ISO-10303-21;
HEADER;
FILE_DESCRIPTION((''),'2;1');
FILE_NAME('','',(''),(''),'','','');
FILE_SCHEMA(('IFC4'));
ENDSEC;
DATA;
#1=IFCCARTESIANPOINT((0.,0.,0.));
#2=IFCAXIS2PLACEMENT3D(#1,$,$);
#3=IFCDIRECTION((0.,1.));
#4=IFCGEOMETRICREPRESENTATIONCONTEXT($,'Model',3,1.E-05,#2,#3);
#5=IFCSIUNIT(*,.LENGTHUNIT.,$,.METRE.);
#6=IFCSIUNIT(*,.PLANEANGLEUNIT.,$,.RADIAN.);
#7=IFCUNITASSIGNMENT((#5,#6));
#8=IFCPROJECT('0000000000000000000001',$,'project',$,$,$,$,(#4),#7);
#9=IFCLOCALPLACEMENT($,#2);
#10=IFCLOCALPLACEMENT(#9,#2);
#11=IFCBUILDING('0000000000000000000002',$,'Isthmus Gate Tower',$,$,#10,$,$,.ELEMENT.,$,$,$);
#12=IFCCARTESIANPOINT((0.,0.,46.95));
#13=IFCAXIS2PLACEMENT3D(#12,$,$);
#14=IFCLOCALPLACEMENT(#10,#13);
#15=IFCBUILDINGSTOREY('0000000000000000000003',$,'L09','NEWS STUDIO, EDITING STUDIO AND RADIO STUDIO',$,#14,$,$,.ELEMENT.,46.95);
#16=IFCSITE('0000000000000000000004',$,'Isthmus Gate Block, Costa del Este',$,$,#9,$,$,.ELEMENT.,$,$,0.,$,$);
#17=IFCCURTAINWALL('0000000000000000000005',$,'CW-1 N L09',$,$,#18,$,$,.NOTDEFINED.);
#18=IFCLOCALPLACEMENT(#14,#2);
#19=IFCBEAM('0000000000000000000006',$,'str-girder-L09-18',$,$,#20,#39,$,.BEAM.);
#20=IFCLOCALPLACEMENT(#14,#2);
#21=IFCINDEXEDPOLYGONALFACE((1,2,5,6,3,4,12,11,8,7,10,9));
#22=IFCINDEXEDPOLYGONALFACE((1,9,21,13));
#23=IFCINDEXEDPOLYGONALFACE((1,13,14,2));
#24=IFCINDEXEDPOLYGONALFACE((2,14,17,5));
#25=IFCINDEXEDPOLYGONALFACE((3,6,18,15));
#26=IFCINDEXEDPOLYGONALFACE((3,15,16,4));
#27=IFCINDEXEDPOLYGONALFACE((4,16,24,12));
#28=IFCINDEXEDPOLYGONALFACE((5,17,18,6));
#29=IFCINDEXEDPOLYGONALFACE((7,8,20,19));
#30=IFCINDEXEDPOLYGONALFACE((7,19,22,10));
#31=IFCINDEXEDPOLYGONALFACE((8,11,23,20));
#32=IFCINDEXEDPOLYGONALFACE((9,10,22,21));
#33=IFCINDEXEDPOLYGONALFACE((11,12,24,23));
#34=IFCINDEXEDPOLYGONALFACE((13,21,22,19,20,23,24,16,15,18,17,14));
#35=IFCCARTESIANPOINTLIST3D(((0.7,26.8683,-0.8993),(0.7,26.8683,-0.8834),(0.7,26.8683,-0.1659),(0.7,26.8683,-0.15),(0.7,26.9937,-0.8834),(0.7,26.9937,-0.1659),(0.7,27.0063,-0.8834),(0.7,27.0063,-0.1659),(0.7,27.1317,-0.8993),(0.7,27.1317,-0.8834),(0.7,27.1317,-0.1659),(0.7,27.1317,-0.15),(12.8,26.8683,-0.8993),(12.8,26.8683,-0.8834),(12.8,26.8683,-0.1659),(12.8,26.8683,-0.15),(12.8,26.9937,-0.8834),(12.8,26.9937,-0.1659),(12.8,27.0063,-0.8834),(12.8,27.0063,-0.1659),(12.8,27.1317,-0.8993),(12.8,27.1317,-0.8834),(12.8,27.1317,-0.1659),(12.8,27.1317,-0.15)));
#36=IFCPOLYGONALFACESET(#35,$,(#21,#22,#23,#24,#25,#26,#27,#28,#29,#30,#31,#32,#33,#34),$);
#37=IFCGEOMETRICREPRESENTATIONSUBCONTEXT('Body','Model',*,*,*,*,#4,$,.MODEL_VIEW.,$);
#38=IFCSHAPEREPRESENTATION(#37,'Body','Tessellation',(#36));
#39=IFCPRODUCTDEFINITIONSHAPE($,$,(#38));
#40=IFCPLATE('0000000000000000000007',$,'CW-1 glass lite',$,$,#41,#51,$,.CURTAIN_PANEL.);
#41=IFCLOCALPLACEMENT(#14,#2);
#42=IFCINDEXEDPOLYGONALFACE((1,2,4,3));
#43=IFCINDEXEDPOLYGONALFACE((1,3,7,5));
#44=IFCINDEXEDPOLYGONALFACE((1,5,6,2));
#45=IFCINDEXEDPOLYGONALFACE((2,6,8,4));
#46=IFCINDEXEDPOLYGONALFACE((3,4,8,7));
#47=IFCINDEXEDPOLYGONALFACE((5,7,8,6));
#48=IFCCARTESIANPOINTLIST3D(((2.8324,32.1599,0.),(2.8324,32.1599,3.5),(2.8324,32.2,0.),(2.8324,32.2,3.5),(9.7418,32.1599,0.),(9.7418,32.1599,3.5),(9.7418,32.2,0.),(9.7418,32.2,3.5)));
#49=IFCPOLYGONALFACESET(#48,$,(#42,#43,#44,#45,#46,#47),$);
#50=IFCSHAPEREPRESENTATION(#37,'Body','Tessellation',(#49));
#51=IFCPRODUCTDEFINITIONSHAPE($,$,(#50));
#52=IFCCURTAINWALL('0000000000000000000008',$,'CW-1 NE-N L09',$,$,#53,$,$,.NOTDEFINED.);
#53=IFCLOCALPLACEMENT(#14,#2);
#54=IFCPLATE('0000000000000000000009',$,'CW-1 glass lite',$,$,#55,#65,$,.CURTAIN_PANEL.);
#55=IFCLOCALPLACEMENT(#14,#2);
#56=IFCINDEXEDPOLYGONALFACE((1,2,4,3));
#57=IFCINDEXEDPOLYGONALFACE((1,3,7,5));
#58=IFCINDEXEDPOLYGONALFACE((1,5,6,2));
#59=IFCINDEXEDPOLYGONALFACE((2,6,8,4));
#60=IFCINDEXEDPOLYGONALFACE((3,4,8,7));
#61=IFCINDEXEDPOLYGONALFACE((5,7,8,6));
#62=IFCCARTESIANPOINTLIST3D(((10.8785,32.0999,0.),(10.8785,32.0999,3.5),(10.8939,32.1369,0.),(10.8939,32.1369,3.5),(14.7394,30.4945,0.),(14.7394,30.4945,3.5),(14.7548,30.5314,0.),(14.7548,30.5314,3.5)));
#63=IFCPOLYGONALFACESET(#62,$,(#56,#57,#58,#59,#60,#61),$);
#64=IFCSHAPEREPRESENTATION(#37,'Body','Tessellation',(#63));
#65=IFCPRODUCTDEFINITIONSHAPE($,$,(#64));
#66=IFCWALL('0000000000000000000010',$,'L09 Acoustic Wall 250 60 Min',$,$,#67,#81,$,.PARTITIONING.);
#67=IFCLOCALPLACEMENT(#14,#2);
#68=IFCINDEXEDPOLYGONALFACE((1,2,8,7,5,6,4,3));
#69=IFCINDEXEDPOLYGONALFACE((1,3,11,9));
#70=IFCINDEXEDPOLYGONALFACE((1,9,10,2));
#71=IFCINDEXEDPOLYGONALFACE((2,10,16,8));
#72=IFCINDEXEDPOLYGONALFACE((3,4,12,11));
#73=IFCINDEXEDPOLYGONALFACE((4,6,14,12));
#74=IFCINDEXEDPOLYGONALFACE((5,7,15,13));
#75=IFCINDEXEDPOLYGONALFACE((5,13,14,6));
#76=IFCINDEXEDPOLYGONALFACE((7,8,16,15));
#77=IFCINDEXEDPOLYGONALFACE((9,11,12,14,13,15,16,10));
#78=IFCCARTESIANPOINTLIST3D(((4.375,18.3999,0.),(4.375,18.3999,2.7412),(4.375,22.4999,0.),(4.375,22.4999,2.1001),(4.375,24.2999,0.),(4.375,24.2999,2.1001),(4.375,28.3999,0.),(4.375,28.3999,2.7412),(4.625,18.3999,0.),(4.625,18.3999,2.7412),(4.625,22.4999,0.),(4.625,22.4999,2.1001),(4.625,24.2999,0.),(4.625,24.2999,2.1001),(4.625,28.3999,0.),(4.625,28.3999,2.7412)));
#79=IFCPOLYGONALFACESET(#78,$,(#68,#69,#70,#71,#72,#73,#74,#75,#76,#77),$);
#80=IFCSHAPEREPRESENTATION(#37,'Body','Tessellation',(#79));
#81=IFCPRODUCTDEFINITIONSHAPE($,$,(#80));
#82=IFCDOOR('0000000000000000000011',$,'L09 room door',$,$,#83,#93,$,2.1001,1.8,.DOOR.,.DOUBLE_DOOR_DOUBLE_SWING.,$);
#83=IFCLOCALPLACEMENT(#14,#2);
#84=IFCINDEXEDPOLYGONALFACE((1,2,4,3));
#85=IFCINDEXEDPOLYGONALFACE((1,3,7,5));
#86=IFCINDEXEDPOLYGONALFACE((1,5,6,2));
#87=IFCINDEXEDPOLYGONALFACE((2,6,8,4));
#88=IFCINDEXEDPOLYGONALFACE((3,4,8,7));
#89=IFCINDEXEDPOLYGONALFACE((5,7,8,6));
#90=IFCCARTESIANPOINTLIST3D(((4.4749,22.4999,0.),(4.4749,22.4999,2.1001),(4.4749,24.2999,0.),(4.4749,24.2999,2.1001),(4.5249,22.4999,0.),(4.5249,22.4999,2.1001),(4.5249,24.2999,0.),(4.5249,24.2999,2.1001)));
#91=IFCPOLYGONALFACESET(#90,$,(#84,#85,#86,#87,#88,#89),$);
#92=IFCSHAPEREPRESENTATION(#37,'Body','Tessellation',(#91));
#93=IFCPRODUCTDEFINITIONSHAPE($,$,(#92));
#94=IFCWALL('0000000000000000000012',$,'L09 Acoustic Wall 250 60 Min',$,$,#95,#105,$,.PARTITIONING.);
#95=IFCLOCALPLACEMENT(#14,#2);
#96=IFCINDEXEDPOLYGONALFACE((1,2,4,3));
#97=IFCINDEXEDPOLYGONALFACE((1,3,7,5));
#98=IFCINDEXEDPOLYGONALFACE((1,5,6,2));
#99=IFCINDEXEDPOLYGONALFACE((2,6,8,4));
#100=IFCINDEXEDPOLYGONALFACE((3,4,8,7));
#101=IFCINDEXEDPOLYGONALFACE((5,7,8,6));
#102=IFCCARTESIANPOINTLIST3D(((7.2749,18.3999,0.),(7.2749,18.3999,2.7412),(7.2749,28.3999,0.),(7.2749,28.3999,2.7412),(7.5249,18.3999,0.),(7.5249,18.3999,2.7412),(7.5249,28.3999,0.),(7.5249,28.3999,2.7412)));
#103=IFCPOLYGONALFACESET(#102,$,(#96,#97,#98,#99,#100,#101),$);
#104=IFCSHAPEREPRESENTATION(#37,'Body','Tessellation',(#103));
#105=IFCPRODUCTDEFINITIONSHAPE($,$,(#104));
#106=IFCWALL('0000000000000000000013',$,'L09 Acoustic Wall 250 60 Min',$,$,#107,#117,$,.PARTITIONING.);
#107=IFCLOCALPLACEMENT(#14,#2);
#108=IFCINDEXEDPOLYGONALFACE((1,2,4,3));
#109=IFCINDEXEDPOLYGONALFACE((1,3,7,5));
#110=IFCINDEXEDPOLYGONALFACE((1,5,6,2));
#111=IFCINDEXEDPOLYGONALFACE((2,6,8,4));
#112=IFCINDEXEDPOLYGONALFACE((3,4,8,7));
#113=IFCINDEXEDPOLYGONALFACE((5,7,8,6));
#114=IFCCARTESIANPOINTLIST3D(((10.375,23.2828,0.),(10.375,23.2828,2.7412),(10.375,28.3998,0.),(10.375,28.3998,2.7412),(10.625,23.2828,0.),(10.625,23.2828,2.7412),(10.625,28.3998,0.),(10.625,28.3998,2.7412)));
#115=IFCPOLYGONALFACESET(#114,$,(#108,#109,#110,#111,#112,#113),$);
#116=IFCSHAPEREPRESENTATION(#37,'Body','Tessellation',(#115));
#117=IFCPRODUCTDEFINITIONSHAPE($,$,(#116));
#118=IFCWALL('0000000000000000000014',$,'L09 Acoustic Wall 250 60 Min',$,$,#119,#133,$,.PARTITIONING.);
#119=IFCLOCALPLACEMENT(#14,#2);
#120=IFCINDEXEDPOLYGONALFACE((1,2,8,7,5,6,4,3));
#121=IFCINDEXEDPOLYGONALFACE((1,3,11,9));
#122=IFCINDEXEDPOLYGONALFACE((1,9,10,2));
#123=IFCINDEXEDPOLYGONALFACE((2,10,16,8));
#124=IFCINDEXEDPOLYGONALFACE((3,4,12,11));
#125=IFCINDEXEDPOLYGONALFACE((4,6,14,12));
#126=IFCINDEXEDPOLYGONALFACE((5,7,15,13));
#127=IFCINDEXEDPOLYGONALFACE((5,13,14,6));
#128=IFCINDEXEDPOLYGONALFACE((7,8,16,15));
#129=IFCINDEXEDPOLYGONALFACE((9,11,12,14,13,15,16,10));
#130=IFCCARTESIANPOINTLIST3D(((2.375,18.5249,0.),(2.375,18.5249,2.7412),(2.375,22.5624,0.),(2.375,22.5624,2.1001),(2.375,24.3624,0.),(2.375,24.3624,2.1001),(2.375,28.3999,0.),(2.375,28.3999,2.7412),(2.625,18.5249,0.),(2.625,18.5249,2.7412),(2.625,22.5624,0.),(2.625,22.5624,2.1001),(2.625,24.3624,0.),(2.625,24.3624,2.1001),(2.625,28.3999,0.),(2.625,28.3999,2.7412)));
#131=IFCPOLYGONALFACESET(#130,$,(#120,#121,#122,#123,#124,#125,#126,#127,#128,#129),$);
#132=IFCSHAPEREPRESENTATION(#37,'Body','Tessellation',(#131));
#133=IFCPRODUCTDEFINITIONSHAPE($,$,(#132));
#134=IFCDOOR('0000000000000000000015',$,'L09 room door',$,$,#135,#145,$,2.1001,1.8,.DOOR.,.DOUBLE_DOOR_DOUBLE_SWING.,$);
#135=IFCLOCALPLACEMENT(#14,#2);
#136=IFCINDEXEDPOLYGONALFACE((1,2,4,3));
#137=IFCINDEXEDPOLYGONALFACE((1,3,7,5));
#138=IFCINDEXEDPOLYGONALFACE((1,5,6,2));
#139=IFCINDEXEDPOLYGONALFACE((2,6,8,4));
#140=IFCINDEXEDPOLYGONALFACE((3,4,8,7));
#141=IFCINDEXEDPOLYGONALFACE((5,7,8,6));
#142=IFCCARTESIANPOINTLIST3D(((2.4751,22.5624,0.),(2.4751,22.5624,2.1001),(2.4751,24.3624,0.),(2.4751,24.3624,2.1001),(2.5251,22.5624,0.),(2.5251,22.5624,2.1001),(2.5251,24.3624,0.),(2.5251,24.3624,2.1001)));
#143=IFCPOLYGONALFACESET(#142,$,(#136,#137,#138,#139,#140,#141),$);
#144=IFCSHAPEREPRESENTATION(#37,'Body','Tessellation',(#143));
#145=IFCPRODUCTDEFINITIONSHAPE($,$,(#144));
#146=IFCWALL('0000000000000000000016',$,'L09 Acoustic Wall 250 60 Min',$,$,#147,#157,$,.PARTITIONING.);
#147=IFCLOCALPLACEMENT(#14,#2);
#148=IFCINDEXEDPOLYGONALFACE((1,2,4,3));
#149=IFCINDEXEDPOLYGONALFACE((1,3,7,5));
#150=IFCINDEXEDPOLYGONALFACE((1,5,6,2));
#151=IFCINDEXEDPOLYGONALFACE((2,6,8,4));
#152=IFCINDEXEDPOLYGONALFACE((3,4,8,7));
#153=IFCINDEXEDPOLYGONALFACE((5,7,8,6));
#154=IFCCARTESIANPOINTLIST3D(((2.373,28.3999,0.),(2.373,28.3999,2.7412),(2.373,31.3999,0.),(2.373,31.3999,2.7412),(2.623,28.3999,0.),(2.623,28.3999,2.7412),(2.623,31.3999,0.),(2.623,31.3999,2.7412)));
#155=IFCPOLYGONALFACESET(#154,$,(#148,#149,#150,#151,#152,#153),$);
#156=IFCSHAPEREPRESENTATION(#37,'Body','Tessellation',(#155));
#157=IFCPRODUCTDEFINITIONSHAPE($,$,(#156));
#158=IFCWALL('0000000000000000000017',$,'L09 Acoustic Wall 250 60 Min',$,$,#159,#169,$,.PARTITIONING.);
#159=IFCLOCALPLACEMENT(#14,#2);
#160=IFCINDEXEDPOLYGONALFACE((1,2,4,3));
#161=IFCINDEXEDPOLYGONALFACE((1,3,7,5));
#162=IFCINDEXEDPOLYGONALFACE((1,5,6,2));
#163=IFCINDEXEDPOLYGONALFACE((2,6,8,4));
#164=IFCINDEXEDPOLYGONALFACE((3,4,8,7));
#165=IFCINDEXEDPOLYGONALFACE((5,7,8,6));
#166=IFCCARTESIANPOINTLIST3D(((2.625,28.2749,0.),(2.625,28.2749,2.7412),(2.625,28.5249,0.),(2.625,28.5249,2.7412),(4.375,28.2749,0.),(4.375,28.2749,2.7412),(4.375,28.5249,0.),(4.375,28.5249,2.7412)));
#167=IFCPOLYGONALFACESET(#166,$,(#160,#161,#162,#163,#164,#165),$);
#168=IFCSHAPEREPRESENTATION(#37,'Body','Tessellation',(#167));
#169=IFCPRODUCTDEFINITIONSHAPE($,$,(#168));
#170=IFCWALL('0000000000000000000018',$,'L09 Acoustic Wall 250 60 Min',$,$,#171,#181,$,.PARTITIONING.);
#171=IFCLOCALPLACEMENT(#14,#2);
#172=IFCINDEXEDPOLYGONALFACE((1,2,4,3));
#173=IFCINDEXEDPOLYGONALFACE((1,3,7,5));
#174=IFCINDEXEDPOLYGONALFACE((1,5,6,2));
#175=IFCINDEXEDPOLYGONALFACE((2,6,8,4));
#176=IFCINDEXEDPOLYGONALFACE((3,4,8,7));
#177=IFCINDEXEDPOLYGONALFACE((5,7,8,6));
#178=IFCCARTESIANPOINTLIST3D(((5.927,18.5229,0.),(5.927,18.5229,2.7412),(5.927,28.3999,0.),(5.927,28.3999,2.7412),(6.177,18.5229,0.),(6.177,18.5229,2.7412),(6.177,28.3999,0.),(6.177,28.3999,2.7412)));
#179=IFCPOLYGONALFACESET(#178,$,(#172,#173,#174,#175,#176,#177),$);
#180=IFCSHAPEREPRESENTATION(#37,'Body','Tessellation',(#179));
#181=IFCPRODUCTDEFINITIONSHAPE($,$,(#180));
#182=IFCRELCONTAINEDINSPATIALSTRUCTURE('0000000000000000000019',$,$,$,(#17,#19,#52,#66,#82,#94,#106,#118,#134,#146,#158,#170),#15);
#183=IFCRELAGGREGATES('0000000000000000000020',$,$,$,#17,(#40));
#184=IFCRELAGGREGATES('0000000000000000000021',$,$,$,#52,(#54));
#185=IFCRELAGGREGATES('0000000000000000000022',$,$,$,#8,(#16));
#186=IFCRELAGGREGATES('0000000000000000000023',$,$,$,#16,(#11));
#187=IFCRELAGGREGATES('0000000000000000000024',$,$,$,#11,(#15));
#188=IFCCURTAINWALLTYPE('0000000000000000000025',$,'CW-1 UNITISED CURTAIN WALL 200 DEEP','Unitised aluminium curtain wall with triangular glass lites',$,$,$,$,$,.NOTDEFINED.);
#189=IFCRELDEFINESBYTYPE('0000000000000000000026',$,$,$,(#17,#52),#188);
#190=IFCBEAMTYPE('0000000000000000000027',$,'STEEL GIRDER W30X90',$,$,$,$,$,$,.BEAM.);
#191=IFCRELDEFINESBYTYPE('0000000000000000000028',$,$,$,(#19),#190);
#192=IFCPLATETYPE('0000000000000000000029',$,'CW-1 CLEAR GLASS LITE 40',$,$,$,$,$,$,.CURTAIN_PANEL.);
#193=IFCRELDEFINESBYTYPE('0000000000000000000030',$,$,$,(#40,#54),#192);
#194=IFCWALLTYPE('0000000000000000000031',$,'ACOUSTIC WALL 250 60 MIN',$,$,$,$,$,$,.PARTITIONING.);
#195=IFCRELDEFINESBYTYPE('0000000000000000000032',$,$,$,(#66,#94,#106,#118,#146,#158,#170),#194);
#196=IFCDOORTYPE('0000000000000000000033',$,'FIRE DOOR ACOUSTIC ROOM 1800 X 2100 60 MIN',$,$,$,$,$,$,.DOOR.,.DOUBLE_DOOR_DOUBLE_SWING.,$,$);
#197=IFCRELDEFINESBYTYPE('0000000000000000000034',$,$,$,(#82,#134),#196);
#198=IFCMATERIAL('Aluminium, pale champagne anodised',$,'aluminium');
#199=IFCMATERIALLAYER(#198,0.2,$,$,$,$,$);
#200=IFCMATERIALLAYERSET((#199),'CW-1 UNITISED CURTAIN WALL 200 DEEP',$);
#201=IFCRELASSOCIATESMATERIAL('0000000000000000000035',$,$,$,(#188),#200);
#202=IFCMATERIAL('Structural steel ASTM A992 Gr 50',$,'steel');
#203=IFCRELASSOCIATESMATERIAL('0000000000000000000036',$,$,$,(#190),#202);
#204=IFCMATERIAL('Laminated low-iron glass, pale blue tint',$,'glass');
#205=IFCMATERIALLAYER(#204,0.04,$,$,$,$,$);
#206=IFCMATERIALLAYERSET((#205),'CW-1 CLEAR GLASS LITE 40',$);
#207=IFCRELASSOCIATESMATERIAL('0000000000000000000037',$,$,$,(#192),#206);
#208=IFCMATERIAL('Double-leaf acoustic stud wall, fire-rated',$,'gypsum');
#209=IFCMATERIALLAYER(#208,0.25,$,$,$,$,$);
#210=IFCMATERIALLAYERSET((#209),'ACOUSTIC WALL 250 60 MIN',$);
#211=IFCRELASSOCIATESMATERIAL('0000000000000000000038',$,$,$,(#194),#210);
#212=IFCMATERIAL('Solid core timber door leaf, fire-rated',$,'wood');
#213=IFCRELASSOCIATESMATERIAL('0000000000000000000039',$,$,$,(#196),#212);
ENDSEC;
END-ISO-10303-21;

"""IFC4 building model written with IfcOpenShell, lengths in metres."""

from ifc_helpers import new_model, si_unit, direction, frame, frame_2d, origin, origin_2d, place, context, subcontext, project, spatial, rectangle, i_section, extrude, material, layer, layer_set, material_profile, profile_set, type_object, element, fill, aggregate, save


model = new_model("IFC4")

# Units and contexts
model_context = context("Model", 3, precision=1e-05, world=origin(), true_north=direction((0.0, 1.0)))
body_context = subcontext(model_context, "Body", "Model", "MODEL_VIEW")
ifc_project = project(units=[si_unit("LENGTHUNIT", "METRE"), si_unit("PLANEANGLEUNIT", "RADIAN")], contexts=[model_context])

# Site, building, storey
site_placement = place(None, origin())
site = spatial("IfcSite", under=ifc_project, at=site_placement, Name="Isthmus Gate Block, Costa del Este", CompositionType="ELEMENT", RefElevation=0.0)
building_placement = place(site_placement, origin())
building = spatial("IfcBuilding", under=site, at=building_placement, Name="Isthmus Gate Tower", CompositionType="ELEMENT")
storey_placement = place(building_placement, frame((0.0, 0.0, 46.95)))
storey = spatial("IfcBuildingStorey", under=building, at=storey_placement, Name="L09", Description="NEWS STUDIO, EDITING STUDIO AND RADIO STUDIO", CompositionType="ELEMENT", Elevation=46.95)

# Curtain wall
ifc_material_1 = material(Name="Aluminium, pale champagne anodised", Category="aluminium")
ifc_layer_1 = layer(ifc_material_1, 0.2)
ifc_layer_set_1 = layer_set([ifc_layer_1], Name="CW-1 UNITISED CURTAIN WALL 200 DEEP")
curtain_wall_type = type_object("IfcCurtainWallType", Name="CW-1 UNITISED CURTAIN WALL 200 DEEP", Description="Unitised aluminium curtain wall with triangular glass lites", PredefinedType="NOTDEFINED", material=ifc_layer_set_1)
curtain_wall_1_placement = place(storey_placement, origin())
curtain_wall_1 = element("IfcCurtainWall", 1, at=curtain_wall_1_placement, inside=storey, type_object=curtain_wall_type, Name="CW-1 N L09", PredefinedType="NOTDEFINED")

# Beam
ifc_material_2 = material(Name="Structural steel ASTM A992 Gr 50", Category="steel")
ifc_material_profile_1 = material_profile(ifc_material_2, i_section(OverallWidth=0.2634, OverallDepth=0.7493, WebThickness=0.0127, FlangeThickness=0.0159, at=origin_2d()), Name="W30X90")
ifc_profile_set_1 = profile_set([ifc_material_profile_1], Name="Structural steel ASTM A992 Gr 50")
beam_type_1 = type_object("IfcBeamType", Name="STEEL GIRDER W30X90", PredefinedType="BEAM", material=ifc_profile_set_1)
beam_1_placement = place(storey_placement, frame((0.7, 27.0, -0.5247), z_axis=(1.0, 0.0, 0.0), x_axis=(0.0, 1.0, 0.0)))
element("IfcBeam", 2, at=beam_1_placement, inside=storey, type_object=beam_type_1, Name="str-girder-L09-18", PredefinedType="BEAM", context=body_context, shape_type="SweptSolid", body=[
    extrude(i_section(OverallWidth=0.2634, OverallDepth=0.7493, WebThickness=0.0127, FlangeThickness=0.0159, at=origin_2d()), origin(), (0.0, 0.0, 1.0), 12.1001),
])

# Plate
ifc_material_3 = material(Name="Laminated low-iron glass, pale blue tint", Category="glass")
ifc_layer_2 = layer(ifc_material_3, 0.04)
ifc_layer_set_2 = layer_set([ifc_layer_2], Name="CW-1 CLEAR GLASS LITE 40")
plate_type = type_object("IfcPlateType", Name="CW-1 CLEAR GLASS LITE 40", PredefinedType="CURTAIN_PANEL", material=ifc_layer_set_2)
plate_1_placement = place(storey_placement, frame((6.2871, 32.1799, 0.0), z_axis=(0.0, 0.0, 1.0), x_axis=(-1.0, 0.0, 0.0)))
plate_1 = element("IfcPlate", 3, at=plate_1_placement, type_object=plate_type, Name="CW-1 glass lite", PredefinedType="CURTAIN_PANEL", context=body_context, shape_type="SweptSolid", body=[
    extrude(rectangle(XDim=6.9094, YDim=0.04, at=origin_2d()), origin(), (0.0, 0.0, 1.0), 3.5),
])
aggregate(curtain_wall_1, [plate_1])

# Curtain wall, plate
curtain_wall_2_placement = place(storey_placement, origin())
curtain_wall_2 = element("IfcCurtainWall", 4, at=curtain_wall_2_placement, inside=storey, type_object=curtain_wall_type, Name="CW-1 NE-N L09", PredefinedType="NOTDEFINED")
plate_2_placement = place(storey_placement, frame((12.8167, 31.3157, 0.0), z_axis=(0.0, 0.0, 1.0), x_axis=(-0.923353, 0.383952, 0.0)))
plate_2 = element("IfcPlate", 5, at=plate_2_placement, type_object=plate_type, Name="CW-1 glass lite", PredefinedType="CURTAIN_PANEL", context=body_context, shape_type="SweptSolid", body=[
    extrude(rectangle(XDim=4.1814, YDim=0.04, at=origin_2d()), origin(), (0.0, 0.0, 1.0), 3.5),
])
aggregate(curtain_wall_2, [plate_2])

# Wall, opening, door
ifc_material_4 = material(Name="Double-leaf acoustic stud wall, fire-rated", Category="gypsum")
ifc_layer_3 = layer(ifc_material_4, 0.25)
ifc_layer_set_3 = layer_set([ifc_layer_3], Name="ACOUSTIC WALL 250 60 MIN")
wall_type_1 = type_object("IfcWallType", Name="ACOUSTIC WALL 250 60 MIN", PredefinedType="PARTITIONING", material=ifc_layer_set_3)
wall_1_placement = place(storey_placement, frame((4.5, 28.3999, 0.0), z_axis=(0.0, 0.0, 1.0), x_axis=(0.0, -1.0, 0.0)))
wall_1 = element("IfcWall", 6, at=wall_1_placement, inside=storey, type_object=wall_type_1, Name="L09 Acoustic Wall 250 60 Min", PredefinedType="PARTITIONING", context=body_context, shape_type="SweptSolid", body=[
    extrude(rectangle(XDim=10.0, YDim=0.25, at=frame_2d((5.0, 0.0))), origin(), (0.0, 0.0, 1.0), 2.7412),
])
opening_1_placement = place(wall_1_placement, frame((4.1001, 0.0, 0.0)))
opening_1 = element("IfcOpeningElement", 7, at=opening_1_placement, cuts=wall_1, PredefinedType="OPENING", context=body_context, shape_type="SweptSolid", body=[
    extrude(rectangle(XDim=1.8, YDim=2.1001, at=frame_2d((0.8999, 1.05))), frame((0.0, 0.135, 0.0), z_axis=(0.0, -1.0, 0.0), x_axis=(1.0, 0.0, 0.0)), (0.0, 0.0, 1.0), 0.27),
])
ifc_material_5 = material(Name="Solid core timber door leaf, fire-rated", Category="wood")
door_type_1 = type_object("IfcDoorType", Name="FIRE DOOR ACOUSTIC ROOM 1800 X 2100 60 MIN", OperationType="DOUBLE_DOOR_DOUBLE_SWING", PredefinedType="DOOR", material=ifc_material_5)
door_1_placement = place(opening_1_placement, origin())
door_1 = element("IfcDoor", 8, at=door_1_placement, inside=storey, type_object=door_type_1, Name="L09 room door", OperationType="DOUBLE_DOOR_DOUBLE_SWING", OverallHeight=2.1001, OverallWidth=1.8, PredefinedType="DOOR", context=body_context, shape_type="SweptSolid", body=[
    extrude(rectangle(XDim=1.8, YDim=2.1001, at=frame_2d((0.8999, 1.05))), frame((0.0, 0.0249, 0.0), z_axis=(0.0, -1.0, 0.0), x_axis=(1.0, 0.0, 0.0)), (0.0, 0.0, 1.0), 0.05),
])
fill(opening_1, door_1)

# Walls
wall_2_placement = place(storey_placement, frame((7.3999, 28.3999, 0.0), z_axis=(0.0, 0.0, 1.0), x_axis=(0.0, -1.0, 0.0)))
element("IfcWall", 9, at=wall_2_placement, inside=storey, type_object=wall_type_1, Name="L09 Acoustic Wall 250 60 Min", PredefinedType="PARTITIONING", context=body_context, shape_type="SweptSolid", body=[
    extrude(rectangle(XDim=10.0, YDim=0.25, at=frame_2d((5.0, 0.0))), origin(), (0.0, 0.0, 1.0), 2.7412),
])
wall_3_placement = place(storey_placement, frame((10.5, 28.3999, 0.0), z_axis=(0.0, 0.0, 1.0), x_axis=(0.0, -1.0, 0.0)))
element("IfcWall", 10, at=wall_3_placement, inside=storey, type_object=wall_type_1, Name="L09 Acoustic Wall 250 60 Min", PredefinedType="PARTITIONING", context=body_context, shape_type="SweptSolid", body=[
    extrude(rectangle(XDim=5.1169, YDim=0.25, at=frame_2d((2.5586, 0.0))), origin(), (0.0, 0.0, 1.0), 2.7412),
])

# Wall, opening, door
wall_4_placement = place(storey_placement, frame((2.5, 18.5249, 0.0), z_axis=(0.0, 0.0, 1.0), x_axis=(0.0, 1.0, 0.0)))
wall_4 = element("IfcWall", 11, at=wall_4_placement, inside=storey, type_object=wall_type_1, Name="L09 Acoustic Wall 250 60 Min", PredefinedType="PARTITIONING", context=body_context, shape_type="SweptSolid", body=[
    extrude(rectangle(XDim=9.875, YDim=0.25, at=frame_2d((4.9375, 0.0))), origin(), (0.0, 0.0, 1.0), 2.7412),
])
opening_2_placement = place(wall_4_placement, frame((4.0376, 0.0, 0.0)))
opening_2 = element("IfcOpeningElement", 12, at=opening_2_placement, cuts=wall_4, PredefinedType="OPENING", context=body_context, shape_type="SweptSolid", body=[
    extrude(rectangle(XDim=1.8, YDim=2.1001, at=frame_2d((0.8999, 1.05))), frame((0.0, 0.135, 0.0), z_axis=(0.0, -1.0, 0.0), x_axis=(1.0, 0.0, 0.0)), (0.0, 0.0, 1.0), 0.27),
])
door_2_placement = place(opening_2_placement, origin())
door_2 = element("IfcDoor", 13, at=door_2_placement, inside=storey, type_object=door_type_1, Name="L09 room door", OperationType="DOUBLE_DOOR_DOUBLE_SWING", OverallHeight=2.1001, OverallWidth=1.8, PredefinedType="DOOR", context=body_context, shape_type="SweptSolid", body=[
    extrude(rectangle(XDim=1.8, YDim=2.1001, at=frame_2d((0.8999, 1.05))), frame((0.0, 0.0249, 0.0), z_axis=(0.0, -1.0, 0.0), x_axis=(1.0, 0.0, 0.0)), (0.0, 0.0, 1.0), 0.05),
])
fill(opening_2, door_2)

# Walls
wall_5_placement = place(storey_placement, frame((2.498, 28.3999, 0.0), z_axis=(0.0, 0.0, 1.0), x_axis=(0.0, 1.0, 0.0)))
element("IfcWall", 14, at=wall_5_placement, inside=storey, type_object=wall_type_1, Name="L09 Acoustic Wall 250 60 Min", PredefinedType="PARTITIONING", context=body_context, shape_type="SweptSolid", body=[
    extrude(rectangle(XDim=3.0, YDim=0.25, at=frame_2d((1.5, 0.0))), origin(), (0.0, 0.0, 1.0), 2.7412),
])
wall_6_placement = place(storey_placement, frame((2.625, 28.3999, 0.0), z_axis=(0.0, 0.0, 1.0), x_axis=(1.0, 0.0, 0.0)))
element("IfcWall", 15, at=wall_6_placement, inside=storey, type_object=wall_type_1, Name="L09 Acoustic Wall 250 60 Min", PredefinedType="PARTITIONING", context=body_context, shape_type="SweptSolid", body=[
    extrude(rectangle(XDim=1.75, YDim=0.25, at=frame_2d((0.875, 0.0))), origin(), (0.0, 0.0, 1.0), 2.7412),
])
wall_7_placement = place(storey_placement, frame((6.052, 18.5229, 0.0), z_axis=(0.0, 0.0, 1.0), x_axis=(0.0, 1.0, 0.0)))
element("IfcWall", 16, at=wall_7_placement, inside=storey, type_object=wall_type_1, Name="L09 Acoustic Wall 250 60 Min", PredefinedType="PARTITIONING", context=body_context, shape_type="SweptSolid", body=[
    extrude(rectangle(XDim=9.877, YDim=0.25, at=frame_2d((4.9385, 0.0))), origin(), (0.0, 0.0, 1.0), 2.7412),
])

save(model, "model.ifc")
